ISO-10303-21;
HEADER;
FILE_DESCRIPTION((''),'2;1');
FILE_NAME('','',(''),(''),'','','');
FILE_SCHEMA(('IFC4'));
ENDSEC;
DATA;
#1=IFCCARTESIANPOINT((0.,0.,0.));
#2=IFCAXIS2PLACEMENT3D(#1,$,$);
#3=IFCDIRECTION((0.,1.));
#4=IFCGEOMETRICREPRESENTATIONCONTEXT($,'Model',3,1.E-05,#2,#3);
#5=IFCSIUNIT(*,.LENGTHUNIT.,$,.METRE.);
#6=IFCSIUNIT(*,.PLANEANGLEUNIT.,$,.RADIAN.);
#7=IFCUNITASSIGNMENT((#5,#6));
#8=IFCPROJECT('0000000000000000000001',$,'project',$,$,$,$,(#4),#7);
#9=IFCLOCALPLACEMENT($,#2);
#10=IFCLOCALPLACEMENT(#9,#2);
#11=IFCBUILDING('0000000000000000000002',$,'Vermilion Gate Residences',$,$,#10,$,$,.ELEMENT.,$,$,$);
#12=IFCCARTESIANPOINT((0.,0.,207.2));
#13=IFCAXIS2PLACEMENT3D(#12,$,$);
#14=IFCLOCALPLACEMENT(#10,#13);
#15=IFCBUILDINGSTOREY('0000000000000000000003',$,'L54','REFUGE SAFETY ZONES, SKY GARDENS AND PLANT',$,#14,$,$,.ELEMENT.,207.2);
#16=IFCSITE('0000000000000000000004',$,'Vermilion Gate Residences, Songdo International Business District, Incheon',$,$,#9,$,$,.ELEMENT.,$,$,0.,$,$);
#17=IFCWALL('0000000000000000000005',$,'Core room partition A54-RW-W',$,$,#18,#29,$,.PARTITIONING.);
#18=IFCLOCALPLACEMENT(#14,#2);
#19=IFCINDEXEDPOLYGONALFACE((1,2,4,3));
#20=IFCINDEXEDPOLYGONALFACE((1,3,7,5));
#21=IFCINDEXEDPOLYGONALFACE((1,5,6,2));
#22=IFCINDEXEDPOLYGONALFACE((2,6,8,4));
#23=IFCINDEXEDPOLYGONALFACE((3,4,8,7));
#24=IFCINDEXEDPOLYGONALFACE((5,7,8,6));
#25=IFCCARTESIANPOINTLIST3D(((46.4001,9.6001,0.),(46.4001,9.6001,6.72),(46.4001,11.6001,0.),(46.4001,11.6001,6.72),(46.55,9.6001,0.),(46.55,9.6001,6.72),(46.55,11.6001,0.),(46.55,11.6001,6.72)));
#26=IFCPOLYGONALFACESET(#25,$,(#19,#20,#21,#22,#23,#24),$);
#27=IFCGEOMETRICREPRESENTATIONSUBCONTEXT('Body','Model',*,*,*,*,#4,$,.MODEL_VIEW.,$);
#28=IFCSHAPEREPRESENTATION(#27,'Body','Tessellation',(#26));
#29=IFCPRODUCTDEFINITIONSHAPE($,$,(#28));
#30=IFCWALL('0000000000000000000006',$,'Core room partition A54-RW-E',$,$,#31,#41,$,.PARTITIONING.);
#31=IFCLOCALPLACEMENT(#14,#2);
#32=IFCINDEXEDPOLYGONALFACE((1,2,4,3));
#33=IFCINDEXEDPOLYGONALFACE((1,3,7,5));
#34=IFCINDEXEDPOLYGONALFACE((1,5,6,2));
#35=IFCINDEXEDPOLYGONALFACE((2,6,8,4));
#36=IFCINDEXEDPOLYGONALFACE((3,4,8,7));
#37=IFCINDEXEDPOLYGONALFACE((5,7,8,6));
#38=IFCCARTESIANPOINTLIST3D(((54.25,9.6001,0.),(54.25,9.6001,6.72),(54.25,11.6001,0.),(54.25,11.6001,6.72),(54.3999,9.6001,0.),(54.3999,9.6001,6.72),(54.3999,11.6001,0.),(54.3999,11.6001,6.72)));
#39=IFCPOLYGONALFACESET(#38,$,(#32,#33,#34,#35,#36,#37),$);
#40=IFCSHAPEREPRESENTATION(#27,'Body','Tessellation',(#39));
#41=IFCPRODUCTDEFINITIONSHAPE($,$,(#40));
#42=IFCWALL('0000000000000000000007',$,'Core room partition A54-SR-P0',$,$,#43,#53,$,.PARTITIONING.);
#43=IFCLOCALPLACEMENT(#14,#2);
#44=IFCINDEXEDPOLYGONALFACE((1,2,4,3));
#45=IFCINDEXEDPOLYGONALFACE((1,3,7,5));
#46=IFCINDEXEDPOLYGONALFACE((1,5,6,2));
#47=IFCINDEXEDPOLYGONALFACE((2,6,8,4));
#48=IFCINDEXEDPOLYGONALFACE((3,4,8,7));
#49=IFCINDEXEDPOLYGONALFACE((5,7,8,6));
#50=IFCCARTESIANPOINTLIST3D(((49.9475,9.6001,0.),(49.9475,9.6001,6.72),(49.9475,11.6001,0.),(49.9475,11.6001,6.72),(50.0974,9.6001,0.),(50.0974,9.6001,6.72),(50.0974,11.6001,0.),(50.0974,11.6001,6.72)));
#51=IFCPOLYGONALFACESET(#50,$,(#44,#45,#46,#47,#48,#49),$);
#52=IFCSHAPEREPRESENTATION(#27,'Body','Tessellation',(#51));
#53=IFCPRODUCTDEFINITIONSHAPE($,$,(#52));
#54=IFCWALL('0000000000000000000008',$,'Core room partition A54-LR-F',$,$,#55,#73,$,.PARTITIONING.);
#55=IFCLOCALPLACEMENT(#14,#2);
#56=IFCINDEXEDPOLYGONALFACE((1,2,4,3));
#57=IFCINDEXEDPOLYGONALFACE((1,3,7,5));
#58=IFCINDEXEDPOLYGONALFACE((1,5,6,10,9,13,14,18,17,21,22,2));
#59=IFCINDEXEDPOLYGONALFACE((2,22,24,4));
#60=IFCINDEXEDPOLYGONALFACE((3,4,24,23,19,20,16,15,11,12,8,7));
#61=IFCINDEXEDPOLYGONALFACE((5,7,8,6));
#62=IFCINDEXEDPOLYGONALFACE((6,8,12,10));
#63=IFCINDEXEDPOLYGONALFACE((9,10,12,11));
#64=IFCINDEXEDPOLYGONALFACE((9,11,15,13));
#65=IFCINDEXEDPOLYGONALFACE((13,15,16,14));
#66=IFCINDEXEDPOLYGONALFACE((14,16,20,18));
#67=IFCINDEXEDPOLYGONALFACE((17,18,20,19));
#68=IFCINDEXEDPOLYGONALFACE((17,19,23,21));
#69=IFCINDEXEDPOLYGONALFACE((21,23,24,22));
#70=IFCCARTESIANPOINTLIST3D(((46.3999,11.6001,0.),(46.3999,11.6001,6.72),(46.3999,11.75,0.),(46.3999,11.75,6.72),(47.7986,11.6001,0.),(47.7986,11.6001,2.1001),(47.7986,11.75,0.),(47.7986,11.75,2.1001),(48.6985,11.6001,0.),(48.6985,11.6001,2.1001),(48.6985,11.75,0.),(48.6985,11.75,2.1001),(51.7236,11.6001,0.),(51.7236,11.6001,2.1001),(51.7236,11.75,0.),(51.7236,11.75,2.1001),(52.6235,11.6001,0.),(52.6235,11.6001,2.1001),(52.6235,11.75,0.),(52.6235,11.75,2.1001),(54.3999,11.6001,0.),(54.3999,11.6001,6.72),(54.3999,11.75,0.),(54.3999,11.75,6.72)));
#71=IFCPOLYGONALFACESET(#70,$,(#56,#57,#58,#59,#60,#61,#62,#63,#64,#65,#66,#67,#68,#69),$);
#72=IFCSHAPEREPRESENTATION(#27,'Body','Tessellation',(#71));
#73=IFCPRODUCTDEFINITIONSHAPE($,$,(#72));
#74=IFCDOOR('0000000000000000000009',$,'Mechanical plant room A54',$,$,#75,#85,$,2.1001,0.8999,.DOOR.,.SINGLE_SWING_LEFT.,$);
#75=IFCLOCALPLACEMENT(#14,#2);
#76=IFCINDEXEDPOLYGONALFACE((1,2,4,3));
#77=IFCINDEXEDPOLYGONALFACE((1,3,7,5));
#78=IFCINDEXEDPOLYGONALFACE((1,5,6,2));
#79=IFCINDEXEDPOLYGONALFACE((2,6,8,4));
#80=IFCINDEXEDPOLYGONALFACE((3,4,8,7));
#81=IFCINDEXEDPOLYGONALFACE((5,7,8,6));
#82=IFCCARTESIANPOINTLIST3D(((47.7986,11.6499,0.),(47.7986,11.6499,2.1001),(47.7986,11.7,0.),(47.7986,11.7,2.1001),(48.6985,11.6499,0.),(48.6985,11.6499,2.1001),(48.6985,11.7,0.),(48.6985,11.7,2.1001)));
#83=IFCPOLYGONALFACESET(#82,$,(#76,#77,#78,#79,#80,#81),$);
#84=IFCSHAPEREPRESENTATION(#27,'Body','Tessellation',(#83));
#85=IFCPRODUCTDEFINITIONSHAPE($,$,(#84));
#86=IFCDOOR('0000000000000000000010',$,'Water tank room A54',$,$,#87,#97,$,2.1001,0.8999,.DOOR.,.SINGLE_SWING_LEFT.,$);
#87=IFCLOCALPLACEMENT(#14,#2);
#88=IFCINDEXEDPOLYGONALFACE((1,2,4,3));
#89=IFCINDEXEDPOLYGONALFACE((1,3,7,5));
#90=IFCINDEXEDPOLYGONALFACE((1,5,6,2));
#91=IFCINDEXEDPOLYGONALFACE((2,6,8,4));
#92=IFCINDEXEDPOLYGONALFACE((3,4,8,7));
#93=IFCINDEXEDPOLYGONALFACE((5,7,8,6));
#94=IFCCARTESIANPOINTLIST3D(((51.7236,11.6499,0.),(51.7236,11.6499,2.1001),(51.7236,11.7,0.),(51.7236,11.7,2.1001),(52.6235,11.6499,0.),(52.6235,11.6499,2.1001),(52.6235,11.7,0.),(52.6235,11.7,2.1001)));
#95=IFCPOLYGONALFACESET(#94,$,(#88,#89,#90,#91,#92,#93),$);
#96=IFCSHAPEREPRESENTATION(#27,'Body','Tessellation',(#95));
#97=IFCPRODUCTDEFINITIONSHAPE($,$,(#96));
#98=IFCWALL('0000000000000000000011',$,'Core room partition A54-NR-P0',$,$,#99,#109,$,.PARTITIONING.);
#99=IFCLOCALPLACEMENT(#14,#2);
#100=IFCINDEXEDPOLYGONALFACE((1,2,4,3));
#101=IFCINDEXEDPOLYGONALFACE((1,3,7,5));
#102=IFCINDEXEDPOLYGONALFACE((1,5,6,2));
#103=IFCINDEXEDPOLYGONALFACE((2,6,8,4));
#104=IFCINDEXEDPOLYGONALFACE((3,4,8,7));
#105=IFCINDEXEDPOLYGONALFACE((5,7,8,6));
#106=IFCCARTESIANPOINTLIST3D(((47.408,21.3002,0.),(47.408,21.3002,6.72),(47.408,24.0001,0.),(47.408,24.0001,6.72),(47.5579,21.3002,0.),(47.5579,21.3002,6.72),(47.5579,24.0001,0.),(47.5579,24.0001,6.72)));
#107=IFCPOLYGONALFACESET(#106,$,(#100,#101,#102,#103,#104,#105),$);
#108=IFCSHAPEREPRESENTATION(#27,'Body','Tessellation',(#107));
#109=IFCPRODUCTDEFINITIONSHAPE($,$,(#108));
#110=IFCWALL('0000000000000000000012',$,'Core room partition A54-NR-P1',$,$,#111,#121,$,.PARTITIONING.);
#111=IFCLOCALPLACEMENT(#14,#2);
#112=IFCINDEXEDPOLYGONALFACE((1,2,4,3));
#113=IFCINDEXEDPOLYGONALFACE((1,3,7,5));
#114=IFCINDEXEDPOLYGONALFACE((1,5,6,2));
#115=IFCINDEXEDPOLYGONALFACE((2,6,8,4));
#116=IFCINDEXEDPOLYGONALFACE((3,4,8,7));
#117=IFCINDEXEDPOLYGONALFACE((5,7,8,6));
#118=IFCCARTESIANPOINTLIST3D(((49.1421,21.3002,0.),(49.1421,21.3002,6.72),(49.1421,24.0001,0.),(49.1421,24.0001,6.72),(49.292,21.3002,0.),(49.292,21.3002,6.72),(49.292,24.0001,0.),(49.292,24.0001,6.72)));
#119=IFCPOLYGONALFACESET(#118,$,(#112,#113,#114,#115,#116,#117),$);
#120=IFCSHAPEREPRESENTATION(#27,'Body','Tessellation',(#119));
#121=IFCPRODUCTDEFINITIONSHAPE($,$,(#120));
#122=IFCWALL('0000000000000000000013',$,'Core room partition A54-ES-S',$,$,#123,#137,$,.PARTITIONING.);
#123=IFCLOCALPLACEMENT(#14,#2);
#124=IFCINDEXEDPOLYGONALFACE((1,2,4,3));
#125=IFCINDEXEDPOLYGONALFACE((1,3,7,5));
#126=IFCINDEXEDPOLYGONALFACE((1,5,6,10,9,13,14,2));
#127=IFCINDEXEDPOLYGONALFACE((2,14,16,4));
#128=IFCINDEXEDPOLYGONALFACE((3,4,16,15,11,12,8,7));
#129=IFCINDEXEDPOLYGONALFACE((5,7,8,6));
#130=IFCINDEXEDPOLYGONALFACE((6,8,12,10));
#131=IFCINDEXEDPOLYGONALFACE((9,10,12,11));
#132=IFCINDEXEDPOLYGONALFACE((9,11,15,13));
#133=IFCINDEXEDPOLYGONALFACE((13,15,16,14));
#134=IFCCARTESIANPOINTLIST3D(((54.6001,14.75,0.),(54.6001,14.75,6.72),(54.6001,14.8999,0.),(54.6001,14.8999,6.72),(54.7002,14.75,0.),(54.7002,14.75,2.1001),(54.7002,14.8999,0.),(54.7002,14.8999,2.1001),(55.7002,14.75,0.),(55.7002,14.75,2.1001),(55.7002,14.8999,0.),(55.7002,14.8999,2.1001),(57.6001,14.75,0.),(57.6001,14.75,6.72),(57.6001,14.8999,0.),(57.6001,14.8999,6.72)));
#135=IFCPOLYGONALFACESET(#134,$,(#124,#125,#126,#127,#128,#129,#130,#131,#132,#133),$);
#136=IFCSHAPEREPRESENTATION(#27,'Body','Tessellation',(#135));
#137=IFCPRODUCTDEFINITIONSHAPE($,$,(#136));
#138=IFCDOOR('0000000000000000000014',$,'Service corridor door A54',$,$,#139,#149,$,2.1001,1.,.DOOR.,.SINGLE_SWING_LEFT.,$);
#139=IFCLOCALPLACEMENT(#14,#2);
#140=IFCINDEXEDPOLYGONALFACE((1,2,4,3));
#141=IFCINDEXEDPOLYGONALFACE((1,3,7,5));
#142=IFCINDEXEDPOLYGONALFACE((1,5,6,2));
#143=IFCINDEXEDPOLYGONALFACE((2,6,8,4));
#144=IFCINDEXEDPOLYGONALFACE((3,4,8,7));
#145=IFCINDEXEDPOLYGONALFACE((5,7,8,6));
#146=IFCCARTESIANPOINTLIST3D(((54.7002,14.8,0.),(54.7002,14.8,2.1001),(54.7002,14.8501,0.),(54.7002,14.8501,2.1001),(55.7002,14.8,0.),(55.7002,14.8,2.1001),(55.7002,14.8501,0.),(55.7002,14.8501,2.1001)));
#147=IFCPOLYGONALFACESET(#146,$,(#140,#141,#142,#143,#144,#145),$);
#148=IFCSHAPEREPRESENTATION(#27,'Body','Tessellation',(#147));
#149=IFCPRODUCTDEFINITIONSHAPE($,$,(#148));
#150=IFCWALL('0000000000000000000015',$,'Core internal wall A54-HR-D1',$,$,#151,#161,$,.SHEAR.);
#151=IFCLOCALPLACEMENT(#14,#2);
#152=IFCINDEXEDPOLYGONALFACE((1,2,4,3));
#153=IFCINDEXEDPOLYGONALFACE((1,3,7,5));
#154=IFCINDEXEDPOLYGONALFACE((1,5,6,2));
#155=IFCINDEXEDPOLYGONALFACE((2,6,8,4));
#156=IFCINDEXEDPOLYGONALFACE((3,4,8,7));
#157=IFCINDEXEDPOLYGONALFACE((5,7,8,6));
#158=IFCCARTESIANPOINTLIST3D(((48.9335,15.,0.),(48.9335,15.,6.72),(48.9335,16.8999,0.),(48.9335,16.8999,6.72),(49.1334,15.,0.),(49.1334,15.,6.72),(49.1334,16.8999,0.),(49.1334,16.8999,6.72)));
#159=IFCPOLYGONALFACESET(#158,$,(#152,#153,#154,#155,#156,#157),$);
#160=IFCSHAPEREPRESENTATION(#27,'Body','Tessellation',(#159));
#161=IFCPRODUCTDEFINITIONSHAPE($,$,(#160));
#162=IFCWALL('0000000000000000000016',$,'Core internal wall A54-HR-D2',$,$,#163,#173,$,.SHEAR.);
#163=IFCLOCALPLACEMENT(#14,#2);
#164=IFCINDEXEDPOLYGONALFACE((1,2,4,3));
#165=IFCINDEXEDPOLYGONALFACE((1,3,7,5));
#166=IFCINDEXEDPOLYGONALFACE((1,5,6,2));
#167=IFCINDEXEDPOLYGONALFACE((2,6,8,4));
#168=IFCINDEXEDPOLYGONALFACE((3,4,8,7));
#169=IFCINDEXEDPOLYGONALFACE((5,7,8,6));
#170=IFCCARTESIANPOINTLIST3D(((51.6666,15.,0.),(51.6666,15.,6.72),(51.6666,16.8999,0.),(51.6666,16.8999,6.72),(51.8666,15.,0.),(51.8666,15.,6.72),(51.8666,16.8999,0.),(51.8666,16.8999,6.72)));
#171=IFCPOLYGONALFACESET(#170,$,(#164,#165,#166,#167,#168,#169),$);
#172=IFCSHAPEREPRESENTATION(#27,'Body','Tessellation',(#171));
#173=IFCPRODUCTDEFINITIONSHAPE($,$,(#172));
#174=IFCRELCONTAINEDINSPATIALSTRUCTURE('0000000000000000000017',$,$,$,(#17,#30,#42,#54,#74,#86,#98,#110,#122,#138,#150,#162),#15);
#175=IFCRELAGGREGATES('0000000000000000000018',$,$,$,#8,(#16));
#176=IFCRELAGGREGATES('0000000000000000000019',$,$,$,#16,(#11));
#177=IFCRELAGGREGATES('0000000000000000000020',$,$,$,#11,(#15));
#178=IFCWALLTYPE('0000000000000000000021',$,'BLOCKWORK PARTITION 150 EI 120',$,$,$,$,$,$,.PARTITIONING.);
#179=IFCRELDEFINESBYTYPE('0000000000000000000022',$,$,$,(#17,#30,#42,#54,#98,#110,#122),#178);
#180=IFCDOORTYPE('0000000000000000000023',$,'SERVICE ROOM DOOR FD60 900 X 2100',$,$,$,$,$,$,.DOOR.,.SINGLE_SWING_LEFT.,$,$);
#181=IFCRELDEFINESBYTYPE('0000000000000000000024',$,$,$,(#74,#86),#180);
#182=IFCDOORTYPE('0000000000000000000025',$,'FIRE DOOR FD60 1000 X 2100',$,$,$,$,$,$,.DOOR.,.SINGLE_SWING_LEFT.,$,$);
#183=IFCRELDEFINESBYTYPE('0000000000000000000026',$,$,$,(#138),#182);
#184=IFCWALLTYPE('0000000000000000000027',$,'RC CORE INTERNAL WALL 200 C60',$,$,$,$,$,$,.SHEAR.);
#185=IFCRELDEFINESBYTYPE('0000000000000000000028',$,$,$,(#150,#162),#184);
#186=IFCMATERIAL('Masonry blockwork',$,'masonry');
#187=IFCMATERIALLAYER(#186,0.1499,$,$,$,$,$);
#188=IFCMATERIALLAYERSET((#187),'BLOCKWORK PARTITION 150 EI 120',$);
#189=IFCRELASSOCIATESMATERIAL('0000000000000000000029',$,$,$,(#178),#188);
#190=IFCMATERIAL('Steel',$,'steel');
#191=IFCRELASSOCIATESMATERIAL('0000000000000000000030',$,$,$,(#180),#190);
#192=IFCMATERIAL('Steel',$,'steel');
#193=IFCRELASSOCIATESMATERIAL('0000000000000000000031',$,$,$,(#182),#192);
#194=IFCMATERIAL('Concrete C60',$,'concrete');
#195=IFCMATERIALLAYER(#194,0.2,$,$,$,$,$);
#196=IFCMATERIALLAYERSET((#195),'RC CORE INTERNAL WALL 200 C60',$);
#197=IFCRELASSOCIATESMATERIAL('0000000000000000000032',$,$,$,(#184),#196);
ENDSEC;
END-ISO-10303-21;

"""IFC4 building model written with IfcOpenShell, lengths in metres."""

from ifc_helpers import new_model, si_unit, direction, frame, frame_2d, origin, place, context, subcontext, project, spatial, rectangle, extrude, material, layer, layer_set, type_object, element, fill, save


model = new_model("IFC4")

# Units and contexts
model_context = context("Model", 3, precision=1e-05, world=origin(), true_north=direction((0.0, 1.0)))
body_context = subcontext(model_context, "Body", "Model", "MODEL_VIEW")
ifc_project = project(units=[si_unit("LENGTHUNIT", "METRE"), si_unit("PLANEANGLEUNIT", "RADIAN")], contexts=[model_context])

# Site, building, storey
site_placement = place(None, origin())
site = spatial("IfcSite", under=ifc_project, at=site_placement, Name="Vermilion Gate Residences, Songdo International Business District, Incheon", CompositionType="ELEMENT", RefElevation=0.0)
building_placement = place(site_placement, origin())
building = spatial("IfcBuilding", under=site, at=building_placement, Name="Vermilion Gate Residences", CompositionType="ELEMENT")
storey_placement = place(building_placement, frame((0.0, 0.0, 207.2)))
storey = spatial("IfcBuildingStorey", under=building, at=storey_placement, Name="L54", Description="REFUGE SAFETY ZONES, SKY GARDENS AND PLANT", CompositionType="ELEMENT", Elevation=207.2)

# Walls
ifc_material_1 = material(Name="Masonry blockwork", Category="masonry")
ifc_layer_1 = layer(ifc_material_1, 0.1499)
ifc_layer_set_1 = layer_set([ifc_layer_1], Name="BLOCKWORK PARTITION 150 EI 120")
wall_type_1 = type_object("IfcWallType", Name="BLOCKWORK PARTITION 150 EI 120", PredefinedType="PARTITIONING", material=ifc_layer_set_1)
for number, where, z_axis, x_axis, name in (
    (1, (46.4751, 9.6001, 0.0), (0.0, 0.0, 1.0), (0.0, 1.0, 0.0), "Core room partition A54-RW-W"),
    (2, (54.325, 9.6001, 0.0), (0.0, 0.0, 1.0), (0.0, 1.0, 0.0), "Core room partition A54-RW-E"),
    (3, (50.0225, 9.6001, 0.0), (0.0, 0.0, 1.0), (0.0, 1.0, 0.0), "Core room partition A54-SR-P0"),
):
    element("IfcWall", number, at=place(storey_placement, frame(where, z_axis=z_axis, x_axis=x_axis)), inside=storey, type_object=wall_type_1, Name=name, PredefinedType="PARTITIONING", context=body_context, shape_type="SweptSolid", body=[
        extrude(rectangle(XDim=2.0, YDim=0.1499, at=frame_2d((1.0, 0.0))), origin(), (0.0, 0.0, 1.0), 6.72),
    ])

# Wall, openings, doors
wall_1_placement = place(storey_placement, frame((46.3999, 11.675, 0.0), z_axis=(0.0, 0.0, 1.0), x_axis=(1.0, 0.0, 0.0)))
wall_1 = element("IfcWall", 4, at=wall_1_placement, inside=storey, type_object=wall_type_1, Name="Core room partition A54-LR-F", PredefinedType="PARTITIONING", context=body_context, shape_type="SweptSolid", body=[
    extrude(rectangle(XDim=8.0, YDim=0.1499, at=frame_2d((4.0, 0.0))), origin(), (0.0, 0.0, 1.0), 6.72),
])
opening_1_placement = place(wall_1_placement, frame((1.3987, 0.0, 0.0)))
opening_1 = element("IfcOpeningElement", 5, at=opening_1_placement, cuts=wall_1, PredefinedType="OPENING", context=body_context, shape_type="SweptSolid", body=[
    extrude(rectangle(XDim=0.8999, YDim=2.1001, at=frame_2d((0.45, 1.05))), frame((0.0, 0.085, 0.0), z_axis=(0.0, -1.0, 0.0), x_axis=(1.0, 0.0, 0.0)), (0.0, 0.0, 1.0), 0.1699),
])
opening_2_placement = place(wall_1_placement, frame((5.3237, 0.0, 0.0)))
opening_2 = element("IfcOpeningElement", 6, at=opening_2_placement, cuts=wall_1, PredefinedType="OPENING", context=body_context, shape_type="SweptSolid", body=[
    extrude(rectangle(XDim=0.8999, YDim=2.1001, at=frame_2d((0.45, 1.05))), frame((0.0, 0.085, 0.0), z_axis=(0.0, -1.0, 0.0), x_axis=(1.0, 0.0, 0.0)), (0.0, 0.0, 1.0), 0.1699),
])
ifc_material_2 = material(Name="Steel", Category="steel")
door_type_1 = type_object("IfcDoorType", Name="SERVICE ROOM DOOR FD60 900 X 2100", OperationType="SINGLE_SWING_LEFT", PredefinedType="DOOR", material=ifc_material_2)
door_1_placement = place(opening_1_placement, origin())
door_1 = element("IfcDoor", 7, at=door_1_placement, inside=storey, type_object=door_type_1, Name="Mechanical plant room A54", OperationType="SINGLE_SWING_LEFT", OverallHeight=2.1001, OverallWidth=0.8999, PredefinedType="DOOR", context=body_context, shape_type="SweptSolid", body=[
    extrude(rectangle(XDim=0.8999, YDim=2.1001, at=frame_2d((0.45, 1.05))), frame((0.0, 0.0249, 0.0), z_axis=(0.0, -1.0, 0.0), x_axis=(1.0, 0.0, 0.0)), (0.0, 0.0, 1.0), 0.05),
])
fill(opening_1, door_1)
door_2_placement = place(opening_2_placement, origin())
door_2 = element("IfcDoor", 8, at=door_2_placement, inside=storey, type_object=door_type_1, Name="Water tank room A54", OperationType="SINGLE_SWING_LEFT", OverallHeight=2.1001, OverallWidth=0.8999, PredefinedType="DOOR", context=body_context, shape_type="SweptSolid", body=[
    extrude(rectangle(XDim=0.8999, YDim=2.1001, at=frame_2d((0.45, 1.05))), frame((0.0, 0.0249, 0.0), z_axis=(0.0, -1.0, 0.0), x_axis=(1.0, 0.0, 0.0)), (0.0, 0.0, 1.0), 0.05),
])
fill(opening_2, door_2)

# Walls
for number, where, z_axis, x_axis, name in (
    (9, (47.4829, 21.3, 0.0), (0.0, 0.0, 1.0), (0.0, 1.0, 0.0), "Core room partition A54-NR-P0"),
    (10, (49.217, 21.3, 0.0), (0.0, 0.0, 1.0), (0.0, 1.0, 0.0), "Core room partition A54-NR-P1"),
):
    element("IfcWall", number, at=place(storey_placement, frame(where, z_axis=z_axis, x_axis=x_axis)), inside=storey, type_object=wall_type_1, Name=name, PredefinedType="PARTITIONING", context=body_context, shape_type="SweptSolid", body=[
        extrude(rectangle(XDim=2.7, YDim=0.1499, at=frame_2d((1.3501, 0.0))), origin(), (0.0, 0.0, 1.0), 6.72),
    ])

# Wall, opening, door
wall_2_placement = place(storey_placement, frame((54.6001, 14.825, 0.0), z_axis=(0.0, 0.0, 1.0), x_axis=(1.0, 0.0, 0.0)))
wall_2 = element("IfcWall", 11, at=wall_2_placement, inside=storey, type_object=wall_type_1, Name="Core room partition A54-ES-S", PredefinedType="PARTITIONING", context=body_context, shape_type="SweptSolid", body=[
    extrude(rectangle(XDim=3.0, YDim=0.1499, at=frame_2d((1.5, 0.0))), origin(), (0.0, 0.0, 1.0), 6.72),
])
opening_3_placement = place(wall_2_placement, frame((0.1001, 0.0, 0.0)))
opening_3 = element("IfcOpeningElement", 12, at=opening_3_placement, cuts=wall_2, PredefinedType="OPENING", context=body_context, shape_type="SweptSolid", body=[
    extrude(rectangle(XDim=1.0, YDim=2.1001, at=frame_2d((0.5, 1.05))), frame((0.0, 0.085, 0.0), z_axis=(0.0, -1.0, 0.0), x_axis=(1.0, 0.0, 0.0)), (0.0, 0.0, 1.0), 0.1699),
])
ifc_material_3 = material(Name="Steel", Category="steel")
door_type_2 = type_object("IfcDoorType", Name="FIRE DOOR FD60 1000 X 2100", OperationType="SINGLE_SWING_LEFT", PredefinedType="DOOR", material=ifc_material_3)
door_3_placement = place(opening_3_placement, frame((1.0, 0.0, 0.0), z_axis=(0.0, 0.0, 1.0), x_axis=(-1.0, 0.0, 0.0)))
door_3 = element("IfcDoor", 13, at=door_3_placement, inside=storey, type_object=door_type_2, Name="Service corridor door A54", OperationType="SINGLE_SWING_LEFT", OverallHeight=2.1001, OverallWidth=1.0, PredefinedType="DOOR", context=body_context, shape_type="SweptSolid", body=[
    extrude(rectangle(XDim=1.0, YDim=2.1001, at=frame_2d((0.5, 1.05))), frame((0.0, 0.0249, 0.0), z_axis=(0.0, -1.0, 0.0), x_axis=(1.0, 0.0, 0.0)), (0.0, 0.0, 1.0), 0.05),
])
fill(opening_3, door_3)

# Walls
ifc_material_4 = material(Name="Concrete C60", Category="concrete")
ifc_layer_2 = layer(ifc_material_4, 0.2)
ifc_layer_set_2 = layer_set([ifc_layer_2], Name="RC CORE INTERNAL WALL 200 C60")
wall_type_2 = type_object("IfcWallType", Name="RC CORE INTERNAL WALL 200 C60", PredefinedType="SHEAR", material=ifc_layer_set_2)
for number, where, z_axis, x_axis, name in (
    (14, (49.0334, 15.0, 0.0), (0.0, 0.0, 1.0), (0.0, 1.0, 0.0), "Core internal wall A54-HR-D1"),
    (15, (51.7666, 15.0, 0.0), (0.0, 0.0, 1.0), (0.0, 1.0, 0.0), "Core internal wall A54-HR-D2"),
):
    element("IfcWall", number, at=place(storey_placement, frame(where, z_axis=z_axis, x_axis=x_axis)), inside=storey, type_object=wall_type_2, Name=name, PredefinedType="SHEAR", context=body_context, shape_type="SweptSolid", body=[
        extrude(rectangle(XDim=1.8999, YDim=0.2, at=frame_2d((0.95, 0.0))), origin(), (0.0, 0.0, 1.0), 6.72),
    ])

save(model, "model.ifc")
